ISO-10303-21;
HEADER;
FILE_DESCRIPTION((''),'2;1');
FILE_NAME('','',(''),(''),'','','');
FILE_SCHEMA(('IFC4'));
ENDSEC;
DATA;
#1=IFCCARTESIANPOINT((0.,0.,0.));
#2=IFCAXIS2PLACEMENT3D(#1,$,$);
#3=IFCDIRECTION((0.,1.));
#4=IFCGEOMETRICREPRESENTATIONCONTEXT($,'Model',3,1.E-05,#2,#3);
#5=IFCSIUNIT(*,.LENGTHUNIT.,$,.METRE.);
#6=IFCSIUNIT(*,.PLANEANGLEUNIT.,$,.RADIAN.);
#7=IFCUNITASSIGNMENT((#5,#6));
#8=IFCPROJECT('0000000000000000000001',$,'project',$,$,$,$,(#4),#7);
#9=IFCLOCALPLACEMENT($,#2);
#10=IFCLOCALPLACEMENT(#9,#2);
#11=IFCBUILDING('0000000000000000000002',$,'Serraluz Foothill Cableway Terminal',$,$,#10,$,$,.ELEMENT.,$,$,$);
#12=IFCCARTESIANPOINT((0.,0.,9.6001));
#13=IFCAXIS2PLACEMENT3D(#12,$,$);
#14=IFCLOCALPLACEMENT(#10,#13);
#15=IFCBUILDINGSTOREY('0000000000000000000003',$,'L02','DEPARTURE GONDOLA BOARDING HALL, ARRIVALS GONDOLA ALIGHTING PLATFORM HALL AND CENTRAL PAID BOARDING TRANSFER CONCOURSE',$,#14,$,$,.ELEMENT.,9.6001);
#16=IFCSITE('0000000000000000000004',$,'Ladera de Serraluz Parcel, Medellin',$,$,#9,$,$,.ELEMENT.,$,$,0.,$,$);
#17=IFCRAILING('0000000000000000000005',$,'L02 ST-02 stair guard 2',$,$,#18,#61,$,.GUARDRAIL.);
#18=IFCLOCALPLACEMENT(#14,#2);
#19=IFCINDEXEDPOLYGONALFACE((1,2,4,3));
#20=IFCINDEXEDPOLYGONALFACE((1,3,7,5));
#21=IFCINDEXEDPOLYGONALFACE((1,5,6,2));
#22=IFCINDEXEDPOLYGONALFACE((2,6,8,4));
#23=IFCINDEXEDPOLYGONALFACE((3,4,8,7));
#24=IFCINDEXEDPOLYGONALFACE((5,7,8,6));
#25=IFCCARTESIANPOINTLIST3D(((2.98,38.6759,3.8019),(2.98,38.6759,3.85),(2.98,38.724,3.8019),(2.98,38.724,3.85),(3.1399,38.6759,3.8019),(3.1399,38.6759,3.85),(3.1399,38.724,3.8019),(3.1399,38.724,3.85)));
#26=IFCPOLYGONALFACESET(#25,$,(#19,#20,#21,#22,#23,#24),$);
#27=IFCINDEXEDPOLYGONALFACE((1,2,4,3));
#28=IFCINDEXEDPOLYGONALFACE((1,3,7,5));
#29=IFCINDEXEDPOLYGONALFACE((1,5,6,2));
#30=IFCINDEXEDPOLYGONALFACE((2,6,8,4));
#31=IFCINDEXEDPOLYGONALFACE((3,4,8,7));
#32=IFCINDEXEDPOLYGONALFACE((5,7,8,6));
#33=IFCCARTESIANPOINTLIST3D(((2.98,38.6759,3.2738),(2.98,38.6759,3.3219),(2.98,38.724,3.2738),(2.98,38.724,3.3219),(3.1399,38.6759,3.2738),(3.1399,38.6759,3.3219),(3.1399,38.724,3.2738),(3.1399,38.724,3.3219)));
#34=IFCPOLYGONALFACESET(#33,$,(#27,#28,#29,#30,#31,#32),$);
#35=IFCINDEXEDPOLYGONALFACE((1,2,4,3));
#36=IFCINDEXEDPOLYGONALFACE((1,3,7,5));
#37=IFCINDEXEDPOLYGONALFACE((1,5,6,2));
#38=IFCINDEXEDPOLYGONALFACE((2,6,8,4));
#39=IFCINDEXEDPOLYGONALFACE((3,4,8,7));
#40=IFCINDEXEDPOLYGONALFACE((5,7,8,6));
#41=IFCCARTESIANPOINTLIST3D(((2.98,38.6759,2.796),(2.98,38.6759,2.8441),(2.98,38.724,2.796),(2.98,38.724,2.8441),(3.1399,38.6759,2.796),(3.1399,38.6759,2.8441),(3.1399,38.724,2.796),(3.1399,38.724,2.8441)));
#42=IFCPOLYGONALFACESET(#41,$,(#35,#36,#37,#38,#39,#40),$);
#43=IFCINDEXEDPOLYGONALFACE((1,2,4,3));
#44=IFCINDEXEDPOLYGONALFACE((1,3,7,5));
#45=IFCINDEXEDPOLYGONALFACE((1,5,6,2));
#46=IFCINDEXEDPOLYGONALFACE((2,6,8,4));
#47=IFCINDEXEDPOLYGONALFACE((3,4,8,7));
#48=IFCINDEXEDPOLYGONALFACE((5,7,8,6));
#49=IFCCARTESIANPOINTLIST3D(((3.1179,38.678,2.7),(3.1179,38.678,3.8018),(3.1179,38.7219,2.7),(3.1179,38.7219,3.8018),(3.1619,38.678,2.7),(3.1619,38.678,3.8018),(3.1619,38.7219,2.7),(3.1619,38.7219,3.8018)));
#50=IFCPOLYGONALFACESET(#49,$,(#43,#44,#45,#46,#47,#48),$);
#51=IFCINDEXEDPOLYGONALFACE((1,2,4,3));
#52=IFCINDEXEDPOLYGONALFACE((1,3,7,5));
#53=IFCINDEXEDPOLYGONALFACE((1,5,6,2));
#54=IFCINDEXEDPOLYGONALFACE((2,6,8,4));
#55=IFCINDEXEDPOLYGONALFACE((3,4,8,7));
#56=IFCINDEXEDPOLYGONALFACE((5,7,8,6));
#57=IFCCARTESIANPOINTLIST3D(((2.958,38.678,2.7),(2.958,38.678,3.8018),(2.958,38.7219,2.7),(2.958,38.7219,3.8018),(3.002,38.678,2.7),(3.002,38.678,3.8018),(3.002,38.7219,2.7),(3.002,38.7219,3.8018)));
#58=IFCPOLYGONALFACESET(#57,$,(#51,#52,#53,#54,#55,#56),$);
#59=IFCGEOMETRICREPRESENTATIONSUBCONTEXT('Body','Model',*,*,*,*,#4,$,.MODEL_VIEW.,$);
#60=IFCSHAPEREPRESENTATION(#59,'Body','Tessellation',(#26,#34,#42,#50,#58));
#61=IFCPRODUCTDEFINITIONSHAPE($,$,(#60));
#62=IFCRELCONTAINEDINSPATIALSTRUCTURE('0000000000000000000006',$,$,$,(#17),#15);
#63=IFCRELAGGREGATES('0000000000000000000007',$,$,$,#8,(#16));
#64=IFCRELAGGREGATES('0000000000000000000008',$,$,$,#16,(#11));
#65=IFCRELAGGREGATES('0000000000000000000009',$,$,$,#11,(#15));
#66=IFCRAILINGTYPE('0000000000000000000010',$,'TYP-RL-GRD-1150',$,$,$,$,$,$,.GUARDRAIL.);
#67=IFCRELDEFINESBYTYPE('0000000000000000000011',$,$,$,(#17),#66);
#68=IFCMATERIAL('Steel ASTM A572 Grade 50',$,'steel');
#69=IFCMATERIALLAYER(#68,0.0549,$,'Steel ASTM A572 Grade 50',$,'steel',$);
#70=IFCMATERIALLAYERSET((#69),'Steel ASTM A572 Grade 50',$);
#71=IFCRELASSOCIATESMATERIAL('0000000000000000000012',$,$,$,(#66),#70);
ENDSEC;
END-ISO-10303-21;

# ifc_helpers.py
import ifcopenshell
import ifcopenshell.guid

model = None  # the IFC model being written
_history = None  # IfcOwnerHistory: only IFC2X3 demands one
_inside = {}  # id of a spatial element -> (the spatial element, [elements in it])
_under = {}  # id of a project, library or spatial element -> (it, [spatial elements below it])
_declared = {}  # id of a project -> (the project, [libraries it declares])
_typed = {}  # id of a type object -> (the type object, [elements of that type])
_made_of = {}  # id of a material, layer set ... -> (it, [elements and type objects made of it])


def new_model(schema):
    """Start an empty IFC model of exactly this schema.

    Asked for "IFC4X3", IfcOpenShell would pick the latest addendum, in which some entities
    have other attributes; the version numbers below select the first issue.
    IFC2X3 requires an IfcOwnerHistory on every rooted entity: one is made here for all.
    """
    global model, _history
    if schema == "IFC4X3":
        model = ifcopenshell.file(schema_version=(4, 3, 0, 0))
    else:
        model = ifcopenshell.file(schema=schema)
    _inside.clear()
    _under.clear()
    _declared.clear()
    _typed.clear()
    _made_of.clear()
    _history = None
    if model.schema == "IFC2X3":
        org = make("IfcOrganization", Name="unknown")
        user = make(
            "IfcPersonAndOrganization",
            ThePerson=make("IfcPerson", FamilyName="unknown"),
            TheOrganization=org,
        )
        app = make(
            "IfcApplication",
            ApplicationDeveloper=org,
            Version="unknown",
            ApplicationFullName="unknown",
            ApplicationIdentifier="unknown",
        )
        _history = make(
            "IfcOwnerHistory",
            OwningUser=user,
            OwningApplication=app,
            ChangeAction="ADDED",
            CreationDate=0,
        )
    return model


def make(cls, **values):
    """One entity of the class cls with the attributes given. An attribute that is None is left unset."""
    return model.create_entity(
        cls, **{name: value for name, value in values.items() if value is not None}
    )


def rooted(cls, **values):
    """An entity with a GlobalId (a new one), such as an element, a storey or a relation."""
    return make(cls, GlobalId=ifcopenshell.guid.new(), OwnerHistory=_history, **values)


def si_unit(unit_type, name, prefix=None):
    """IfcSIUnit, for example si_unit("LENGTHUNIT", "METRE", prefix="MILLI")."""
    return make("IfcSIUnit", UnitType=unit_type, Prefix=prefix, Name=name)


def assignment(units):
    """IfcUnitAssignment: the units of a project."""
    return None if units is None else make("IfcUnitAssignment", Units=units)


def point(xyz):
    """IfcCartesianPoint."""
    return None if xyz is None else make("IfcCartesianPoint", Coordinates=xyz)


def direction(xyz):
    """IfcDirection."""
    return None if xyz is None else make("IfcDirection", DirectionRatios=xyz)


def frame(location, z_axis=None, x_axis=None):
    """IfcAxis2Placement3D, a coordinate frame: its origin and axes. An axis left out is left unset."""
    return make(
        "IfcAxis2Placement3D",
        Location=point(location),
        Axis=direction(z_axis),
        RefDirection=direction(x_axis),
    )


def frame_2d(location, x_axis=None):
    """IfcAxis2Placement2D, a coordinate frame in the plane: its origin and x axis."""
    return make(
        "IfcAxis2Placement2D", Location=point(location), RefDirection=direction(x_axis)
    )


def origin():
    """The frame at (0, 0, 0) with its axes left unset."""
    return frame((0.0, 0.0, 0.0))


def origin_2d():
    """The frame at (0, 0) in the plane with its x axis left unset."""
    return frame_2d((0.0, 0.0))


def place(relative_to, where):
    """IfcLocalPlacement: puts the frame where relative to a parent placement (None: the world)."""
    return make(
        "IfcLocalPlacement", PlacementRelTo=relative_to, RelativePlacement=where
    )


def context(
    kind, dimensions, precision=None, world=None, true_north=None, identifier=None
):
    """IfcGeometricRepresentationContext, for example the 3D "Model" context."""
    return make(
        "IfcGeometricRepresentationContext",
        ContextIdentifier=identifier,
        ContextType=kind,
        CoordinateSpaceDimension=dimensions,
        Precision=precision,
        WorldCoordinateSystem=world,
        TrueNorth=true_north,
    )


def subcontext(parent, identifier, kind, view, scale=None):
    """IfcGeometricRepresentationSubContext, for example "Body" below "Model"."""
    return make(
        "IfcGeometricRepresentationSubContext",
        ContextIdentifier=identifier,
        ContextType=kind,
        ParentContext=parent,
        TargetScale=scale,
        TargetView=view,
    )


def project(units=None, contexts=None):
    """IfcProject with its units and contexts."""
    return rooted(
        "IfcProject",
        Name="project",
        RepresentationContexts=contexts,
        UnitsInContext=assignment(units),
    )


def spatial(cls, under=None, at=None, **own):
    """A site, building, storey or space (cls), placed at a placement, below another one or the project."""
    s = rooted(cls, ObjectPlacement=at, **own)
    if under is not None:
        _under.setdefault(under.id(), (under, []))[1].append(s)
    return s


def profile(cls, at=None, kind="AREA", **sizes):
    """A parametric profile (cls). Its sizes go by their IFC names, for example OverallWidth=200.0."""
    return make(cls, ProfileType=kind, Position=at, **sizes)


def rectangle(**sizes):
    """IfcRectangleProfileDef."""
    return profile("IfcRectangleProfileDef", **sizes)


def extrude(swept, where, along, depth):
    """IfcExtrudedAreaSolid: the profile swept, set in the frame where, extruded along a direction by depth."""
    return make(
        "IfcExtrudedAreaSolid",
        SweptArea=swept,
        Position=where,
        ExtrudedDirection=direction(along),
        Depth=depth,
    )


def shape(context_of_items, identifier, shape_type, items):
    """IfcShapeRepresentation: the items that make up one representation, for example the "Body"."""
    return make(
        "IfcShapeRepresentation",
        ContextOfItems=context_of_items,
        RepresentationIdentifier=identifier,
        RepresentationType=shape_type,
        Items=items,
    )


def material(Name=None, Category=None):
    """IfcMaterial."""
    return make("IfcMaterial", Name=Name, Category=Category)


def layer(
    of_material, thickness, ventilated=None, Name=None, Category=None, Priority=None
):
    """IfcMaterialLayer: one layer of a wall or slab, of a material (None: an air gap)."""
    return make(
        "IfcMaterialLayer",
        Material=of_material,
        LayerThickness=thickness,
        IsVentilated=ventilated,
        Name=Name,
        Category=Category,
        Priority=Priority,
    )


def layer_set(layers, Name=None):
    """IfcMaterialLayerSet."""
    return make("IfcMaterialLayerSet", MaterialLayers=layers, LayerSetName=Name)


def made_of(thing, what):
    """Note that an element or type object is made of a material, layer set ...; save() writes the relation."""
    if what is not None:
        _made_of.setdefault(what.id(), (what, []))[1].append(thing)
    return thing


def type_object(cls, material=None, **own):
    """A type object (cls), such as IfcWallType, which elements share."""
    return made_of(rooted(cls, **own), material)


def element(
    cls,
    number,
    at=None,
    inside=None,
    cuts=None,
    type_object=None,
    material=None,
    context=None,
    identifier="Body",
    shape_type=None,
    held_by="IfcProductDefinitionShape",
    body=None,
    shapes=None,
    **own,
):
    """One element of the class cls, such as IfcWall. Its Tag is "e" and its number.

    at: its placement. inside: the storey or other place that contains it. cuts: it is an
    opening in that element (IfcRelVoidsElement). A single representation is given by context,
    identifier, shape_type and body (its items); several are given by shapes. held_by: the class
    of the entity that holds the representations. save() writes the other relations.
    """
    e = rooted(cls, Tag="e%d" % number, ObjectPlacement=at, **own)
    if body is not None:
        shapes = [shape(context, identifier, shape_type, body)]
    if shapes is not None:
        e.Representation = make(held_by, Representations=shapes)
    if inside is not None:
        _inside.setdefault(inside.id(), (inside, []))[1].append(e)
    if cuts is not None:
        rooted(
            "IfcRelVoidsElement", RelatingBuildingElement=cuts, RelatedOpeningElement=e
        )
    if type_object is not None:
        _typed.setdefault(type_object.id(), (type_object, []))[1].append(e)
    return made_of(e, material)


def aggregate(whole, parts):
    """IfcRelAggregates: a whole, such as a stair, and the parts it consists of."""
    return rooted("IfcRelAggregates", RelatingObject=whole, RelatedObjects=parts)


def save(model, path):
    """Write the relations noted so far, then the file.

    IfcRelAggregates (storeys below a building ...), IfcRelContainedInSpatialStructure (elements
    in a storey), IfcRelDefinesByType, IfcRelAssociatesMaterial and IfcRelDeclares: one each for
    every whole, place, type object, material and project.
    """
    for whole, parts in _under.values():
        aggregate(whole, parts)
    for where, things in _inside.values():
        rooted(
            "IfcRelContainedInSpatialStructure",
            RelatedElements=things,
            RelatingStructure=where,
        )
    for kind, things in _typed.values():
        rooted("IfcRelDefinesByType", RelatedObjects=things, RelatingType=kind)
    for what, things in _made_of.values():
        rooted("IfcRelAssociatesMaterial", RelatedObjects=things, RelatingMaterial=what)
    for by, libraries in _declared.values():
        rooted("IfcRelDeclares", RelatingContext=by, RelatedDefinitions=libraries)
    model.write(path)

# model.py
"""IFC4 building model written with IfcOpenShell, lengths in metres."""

from ifc_helpers import new_model, si_unit, direction, frame, origin, origin_2d, place, context, subcontext, project, spatial, rectangle, extrude, material, layer, layer_set, type_object, element, save


model = new_model("IFC4")

# Units and contexts
model_context = context("Model", 3, precision=1e-05, world=origin(), true_north=direction((0.0, 1.0)))
body_context = subcontext(model_context, "Body", "Model", "MODEL_VIEW")
ifc_project = project(units=[si_unit("LENGTHUNIT", "METRE"), si_unit("PLANEANGLEUNIT", "RADIAN")], contexts=[model_context])

# Site, building, storey
site_placement = place(None, origin())
site = spatial("IfcSite", under=ifc_project, at=site_placement, Name="Ladera de Serraluz Parcel, Medellin", CompositionType="ELEMENT", RefElevation=0.0)
building_placement = place(site_placement, origin())
building = spatial("IfcBuilding", under=site, at=building_placement, Name="Serraluz Foothill Cableway Terminal", CompositionType="ELEMENT")
storey_placement = place(building_placement, frame((0.0, 0.0, 9.6001)))
storey = spatial("IfcBuildingStorey", under=building, at=storey_placement, Name="L02", Description="DEPARTURE GONDOLA BOARDING HALL, ARRIVALS GONDOLA ALIGHTING PLATFORM HALL AND CENTRAL PAID BOARDING TRANSFER CONCOURSE", CompositionType="ELEMENT", Elevation=9.6001)

# Railing
ifc_material_1 = material(Name="Steel ASTM A572 Grade 50", Category="steel")
ifc_layer_1 = layer(ifc_material_1, 0.0549, Name="Steel ASTM A572 Grade 50", Category="steel")
ifc_layer_set_1 = layer_set([ifc_layer_1], Name="Steel ASTM A572 Grade 50")
railing_type_1 = type_object("IfcRailingType", Name="TYP-RL-GRD-1150", PredefinedType="GUARDRAIL", material=ifc_layer_set_1)
railing_1_placement = place(storey_placement, frame((3.1399, 38.7, 2.7)))
element("IfcRailing", 1, at=railing_1_placement, inside=storey, type_object=railing_type_1, Name="L02 ST-02 stair guard 2", PredefinedType="GUARDRAIL", context=body_context, shape_type="SweptSolid", body=[
    extrude(rectangle(XDim=0.0481, YDim=0.0481, at=origin_2d()), frame((0.0, 0.0, 1.126), z_axis=(-1.0, 0.0, 0.0), x_axis=(0.0, -1.0, 0.0)), (0.0, 0.0, 1.0), 0.1599),
    extrude(rectangle(XDim=0.0481, YDim=0.0481, at=origin_2d()), frame((0.0, 0.0, 0.5979), z_axis=(-1.0, 0.0, 0.0), x_axis=(0.0, -1.0, 0.0)), (0.0, 0.0, 1.0), 0.1599),
    extrude(rectangle(XDim=0.0481, YDim=0.0481, at=origin_2d()), frame((0.0, 0.0, 0.1201), z_axis=(-1.0, 0.0, 0.0), x_axis=(0.0, -1.0, 0.0)), (0.0, 0.0, 1.0), 0.1599),
    extrude(rectangle(XDim=0.0439, YDim=0.0439, at=origin_2d()), origin(), (0.0, 0.0, 1.0), 1.1018),
    extrude(rectangle(XDim=0.0439, YDim=0.0439, at=origin_2d()), frame((-0.1599, 0.0, 0.0)), (0.0, 0.0, 1.0), 1.1018),
])

save(model, "model.ifc")
